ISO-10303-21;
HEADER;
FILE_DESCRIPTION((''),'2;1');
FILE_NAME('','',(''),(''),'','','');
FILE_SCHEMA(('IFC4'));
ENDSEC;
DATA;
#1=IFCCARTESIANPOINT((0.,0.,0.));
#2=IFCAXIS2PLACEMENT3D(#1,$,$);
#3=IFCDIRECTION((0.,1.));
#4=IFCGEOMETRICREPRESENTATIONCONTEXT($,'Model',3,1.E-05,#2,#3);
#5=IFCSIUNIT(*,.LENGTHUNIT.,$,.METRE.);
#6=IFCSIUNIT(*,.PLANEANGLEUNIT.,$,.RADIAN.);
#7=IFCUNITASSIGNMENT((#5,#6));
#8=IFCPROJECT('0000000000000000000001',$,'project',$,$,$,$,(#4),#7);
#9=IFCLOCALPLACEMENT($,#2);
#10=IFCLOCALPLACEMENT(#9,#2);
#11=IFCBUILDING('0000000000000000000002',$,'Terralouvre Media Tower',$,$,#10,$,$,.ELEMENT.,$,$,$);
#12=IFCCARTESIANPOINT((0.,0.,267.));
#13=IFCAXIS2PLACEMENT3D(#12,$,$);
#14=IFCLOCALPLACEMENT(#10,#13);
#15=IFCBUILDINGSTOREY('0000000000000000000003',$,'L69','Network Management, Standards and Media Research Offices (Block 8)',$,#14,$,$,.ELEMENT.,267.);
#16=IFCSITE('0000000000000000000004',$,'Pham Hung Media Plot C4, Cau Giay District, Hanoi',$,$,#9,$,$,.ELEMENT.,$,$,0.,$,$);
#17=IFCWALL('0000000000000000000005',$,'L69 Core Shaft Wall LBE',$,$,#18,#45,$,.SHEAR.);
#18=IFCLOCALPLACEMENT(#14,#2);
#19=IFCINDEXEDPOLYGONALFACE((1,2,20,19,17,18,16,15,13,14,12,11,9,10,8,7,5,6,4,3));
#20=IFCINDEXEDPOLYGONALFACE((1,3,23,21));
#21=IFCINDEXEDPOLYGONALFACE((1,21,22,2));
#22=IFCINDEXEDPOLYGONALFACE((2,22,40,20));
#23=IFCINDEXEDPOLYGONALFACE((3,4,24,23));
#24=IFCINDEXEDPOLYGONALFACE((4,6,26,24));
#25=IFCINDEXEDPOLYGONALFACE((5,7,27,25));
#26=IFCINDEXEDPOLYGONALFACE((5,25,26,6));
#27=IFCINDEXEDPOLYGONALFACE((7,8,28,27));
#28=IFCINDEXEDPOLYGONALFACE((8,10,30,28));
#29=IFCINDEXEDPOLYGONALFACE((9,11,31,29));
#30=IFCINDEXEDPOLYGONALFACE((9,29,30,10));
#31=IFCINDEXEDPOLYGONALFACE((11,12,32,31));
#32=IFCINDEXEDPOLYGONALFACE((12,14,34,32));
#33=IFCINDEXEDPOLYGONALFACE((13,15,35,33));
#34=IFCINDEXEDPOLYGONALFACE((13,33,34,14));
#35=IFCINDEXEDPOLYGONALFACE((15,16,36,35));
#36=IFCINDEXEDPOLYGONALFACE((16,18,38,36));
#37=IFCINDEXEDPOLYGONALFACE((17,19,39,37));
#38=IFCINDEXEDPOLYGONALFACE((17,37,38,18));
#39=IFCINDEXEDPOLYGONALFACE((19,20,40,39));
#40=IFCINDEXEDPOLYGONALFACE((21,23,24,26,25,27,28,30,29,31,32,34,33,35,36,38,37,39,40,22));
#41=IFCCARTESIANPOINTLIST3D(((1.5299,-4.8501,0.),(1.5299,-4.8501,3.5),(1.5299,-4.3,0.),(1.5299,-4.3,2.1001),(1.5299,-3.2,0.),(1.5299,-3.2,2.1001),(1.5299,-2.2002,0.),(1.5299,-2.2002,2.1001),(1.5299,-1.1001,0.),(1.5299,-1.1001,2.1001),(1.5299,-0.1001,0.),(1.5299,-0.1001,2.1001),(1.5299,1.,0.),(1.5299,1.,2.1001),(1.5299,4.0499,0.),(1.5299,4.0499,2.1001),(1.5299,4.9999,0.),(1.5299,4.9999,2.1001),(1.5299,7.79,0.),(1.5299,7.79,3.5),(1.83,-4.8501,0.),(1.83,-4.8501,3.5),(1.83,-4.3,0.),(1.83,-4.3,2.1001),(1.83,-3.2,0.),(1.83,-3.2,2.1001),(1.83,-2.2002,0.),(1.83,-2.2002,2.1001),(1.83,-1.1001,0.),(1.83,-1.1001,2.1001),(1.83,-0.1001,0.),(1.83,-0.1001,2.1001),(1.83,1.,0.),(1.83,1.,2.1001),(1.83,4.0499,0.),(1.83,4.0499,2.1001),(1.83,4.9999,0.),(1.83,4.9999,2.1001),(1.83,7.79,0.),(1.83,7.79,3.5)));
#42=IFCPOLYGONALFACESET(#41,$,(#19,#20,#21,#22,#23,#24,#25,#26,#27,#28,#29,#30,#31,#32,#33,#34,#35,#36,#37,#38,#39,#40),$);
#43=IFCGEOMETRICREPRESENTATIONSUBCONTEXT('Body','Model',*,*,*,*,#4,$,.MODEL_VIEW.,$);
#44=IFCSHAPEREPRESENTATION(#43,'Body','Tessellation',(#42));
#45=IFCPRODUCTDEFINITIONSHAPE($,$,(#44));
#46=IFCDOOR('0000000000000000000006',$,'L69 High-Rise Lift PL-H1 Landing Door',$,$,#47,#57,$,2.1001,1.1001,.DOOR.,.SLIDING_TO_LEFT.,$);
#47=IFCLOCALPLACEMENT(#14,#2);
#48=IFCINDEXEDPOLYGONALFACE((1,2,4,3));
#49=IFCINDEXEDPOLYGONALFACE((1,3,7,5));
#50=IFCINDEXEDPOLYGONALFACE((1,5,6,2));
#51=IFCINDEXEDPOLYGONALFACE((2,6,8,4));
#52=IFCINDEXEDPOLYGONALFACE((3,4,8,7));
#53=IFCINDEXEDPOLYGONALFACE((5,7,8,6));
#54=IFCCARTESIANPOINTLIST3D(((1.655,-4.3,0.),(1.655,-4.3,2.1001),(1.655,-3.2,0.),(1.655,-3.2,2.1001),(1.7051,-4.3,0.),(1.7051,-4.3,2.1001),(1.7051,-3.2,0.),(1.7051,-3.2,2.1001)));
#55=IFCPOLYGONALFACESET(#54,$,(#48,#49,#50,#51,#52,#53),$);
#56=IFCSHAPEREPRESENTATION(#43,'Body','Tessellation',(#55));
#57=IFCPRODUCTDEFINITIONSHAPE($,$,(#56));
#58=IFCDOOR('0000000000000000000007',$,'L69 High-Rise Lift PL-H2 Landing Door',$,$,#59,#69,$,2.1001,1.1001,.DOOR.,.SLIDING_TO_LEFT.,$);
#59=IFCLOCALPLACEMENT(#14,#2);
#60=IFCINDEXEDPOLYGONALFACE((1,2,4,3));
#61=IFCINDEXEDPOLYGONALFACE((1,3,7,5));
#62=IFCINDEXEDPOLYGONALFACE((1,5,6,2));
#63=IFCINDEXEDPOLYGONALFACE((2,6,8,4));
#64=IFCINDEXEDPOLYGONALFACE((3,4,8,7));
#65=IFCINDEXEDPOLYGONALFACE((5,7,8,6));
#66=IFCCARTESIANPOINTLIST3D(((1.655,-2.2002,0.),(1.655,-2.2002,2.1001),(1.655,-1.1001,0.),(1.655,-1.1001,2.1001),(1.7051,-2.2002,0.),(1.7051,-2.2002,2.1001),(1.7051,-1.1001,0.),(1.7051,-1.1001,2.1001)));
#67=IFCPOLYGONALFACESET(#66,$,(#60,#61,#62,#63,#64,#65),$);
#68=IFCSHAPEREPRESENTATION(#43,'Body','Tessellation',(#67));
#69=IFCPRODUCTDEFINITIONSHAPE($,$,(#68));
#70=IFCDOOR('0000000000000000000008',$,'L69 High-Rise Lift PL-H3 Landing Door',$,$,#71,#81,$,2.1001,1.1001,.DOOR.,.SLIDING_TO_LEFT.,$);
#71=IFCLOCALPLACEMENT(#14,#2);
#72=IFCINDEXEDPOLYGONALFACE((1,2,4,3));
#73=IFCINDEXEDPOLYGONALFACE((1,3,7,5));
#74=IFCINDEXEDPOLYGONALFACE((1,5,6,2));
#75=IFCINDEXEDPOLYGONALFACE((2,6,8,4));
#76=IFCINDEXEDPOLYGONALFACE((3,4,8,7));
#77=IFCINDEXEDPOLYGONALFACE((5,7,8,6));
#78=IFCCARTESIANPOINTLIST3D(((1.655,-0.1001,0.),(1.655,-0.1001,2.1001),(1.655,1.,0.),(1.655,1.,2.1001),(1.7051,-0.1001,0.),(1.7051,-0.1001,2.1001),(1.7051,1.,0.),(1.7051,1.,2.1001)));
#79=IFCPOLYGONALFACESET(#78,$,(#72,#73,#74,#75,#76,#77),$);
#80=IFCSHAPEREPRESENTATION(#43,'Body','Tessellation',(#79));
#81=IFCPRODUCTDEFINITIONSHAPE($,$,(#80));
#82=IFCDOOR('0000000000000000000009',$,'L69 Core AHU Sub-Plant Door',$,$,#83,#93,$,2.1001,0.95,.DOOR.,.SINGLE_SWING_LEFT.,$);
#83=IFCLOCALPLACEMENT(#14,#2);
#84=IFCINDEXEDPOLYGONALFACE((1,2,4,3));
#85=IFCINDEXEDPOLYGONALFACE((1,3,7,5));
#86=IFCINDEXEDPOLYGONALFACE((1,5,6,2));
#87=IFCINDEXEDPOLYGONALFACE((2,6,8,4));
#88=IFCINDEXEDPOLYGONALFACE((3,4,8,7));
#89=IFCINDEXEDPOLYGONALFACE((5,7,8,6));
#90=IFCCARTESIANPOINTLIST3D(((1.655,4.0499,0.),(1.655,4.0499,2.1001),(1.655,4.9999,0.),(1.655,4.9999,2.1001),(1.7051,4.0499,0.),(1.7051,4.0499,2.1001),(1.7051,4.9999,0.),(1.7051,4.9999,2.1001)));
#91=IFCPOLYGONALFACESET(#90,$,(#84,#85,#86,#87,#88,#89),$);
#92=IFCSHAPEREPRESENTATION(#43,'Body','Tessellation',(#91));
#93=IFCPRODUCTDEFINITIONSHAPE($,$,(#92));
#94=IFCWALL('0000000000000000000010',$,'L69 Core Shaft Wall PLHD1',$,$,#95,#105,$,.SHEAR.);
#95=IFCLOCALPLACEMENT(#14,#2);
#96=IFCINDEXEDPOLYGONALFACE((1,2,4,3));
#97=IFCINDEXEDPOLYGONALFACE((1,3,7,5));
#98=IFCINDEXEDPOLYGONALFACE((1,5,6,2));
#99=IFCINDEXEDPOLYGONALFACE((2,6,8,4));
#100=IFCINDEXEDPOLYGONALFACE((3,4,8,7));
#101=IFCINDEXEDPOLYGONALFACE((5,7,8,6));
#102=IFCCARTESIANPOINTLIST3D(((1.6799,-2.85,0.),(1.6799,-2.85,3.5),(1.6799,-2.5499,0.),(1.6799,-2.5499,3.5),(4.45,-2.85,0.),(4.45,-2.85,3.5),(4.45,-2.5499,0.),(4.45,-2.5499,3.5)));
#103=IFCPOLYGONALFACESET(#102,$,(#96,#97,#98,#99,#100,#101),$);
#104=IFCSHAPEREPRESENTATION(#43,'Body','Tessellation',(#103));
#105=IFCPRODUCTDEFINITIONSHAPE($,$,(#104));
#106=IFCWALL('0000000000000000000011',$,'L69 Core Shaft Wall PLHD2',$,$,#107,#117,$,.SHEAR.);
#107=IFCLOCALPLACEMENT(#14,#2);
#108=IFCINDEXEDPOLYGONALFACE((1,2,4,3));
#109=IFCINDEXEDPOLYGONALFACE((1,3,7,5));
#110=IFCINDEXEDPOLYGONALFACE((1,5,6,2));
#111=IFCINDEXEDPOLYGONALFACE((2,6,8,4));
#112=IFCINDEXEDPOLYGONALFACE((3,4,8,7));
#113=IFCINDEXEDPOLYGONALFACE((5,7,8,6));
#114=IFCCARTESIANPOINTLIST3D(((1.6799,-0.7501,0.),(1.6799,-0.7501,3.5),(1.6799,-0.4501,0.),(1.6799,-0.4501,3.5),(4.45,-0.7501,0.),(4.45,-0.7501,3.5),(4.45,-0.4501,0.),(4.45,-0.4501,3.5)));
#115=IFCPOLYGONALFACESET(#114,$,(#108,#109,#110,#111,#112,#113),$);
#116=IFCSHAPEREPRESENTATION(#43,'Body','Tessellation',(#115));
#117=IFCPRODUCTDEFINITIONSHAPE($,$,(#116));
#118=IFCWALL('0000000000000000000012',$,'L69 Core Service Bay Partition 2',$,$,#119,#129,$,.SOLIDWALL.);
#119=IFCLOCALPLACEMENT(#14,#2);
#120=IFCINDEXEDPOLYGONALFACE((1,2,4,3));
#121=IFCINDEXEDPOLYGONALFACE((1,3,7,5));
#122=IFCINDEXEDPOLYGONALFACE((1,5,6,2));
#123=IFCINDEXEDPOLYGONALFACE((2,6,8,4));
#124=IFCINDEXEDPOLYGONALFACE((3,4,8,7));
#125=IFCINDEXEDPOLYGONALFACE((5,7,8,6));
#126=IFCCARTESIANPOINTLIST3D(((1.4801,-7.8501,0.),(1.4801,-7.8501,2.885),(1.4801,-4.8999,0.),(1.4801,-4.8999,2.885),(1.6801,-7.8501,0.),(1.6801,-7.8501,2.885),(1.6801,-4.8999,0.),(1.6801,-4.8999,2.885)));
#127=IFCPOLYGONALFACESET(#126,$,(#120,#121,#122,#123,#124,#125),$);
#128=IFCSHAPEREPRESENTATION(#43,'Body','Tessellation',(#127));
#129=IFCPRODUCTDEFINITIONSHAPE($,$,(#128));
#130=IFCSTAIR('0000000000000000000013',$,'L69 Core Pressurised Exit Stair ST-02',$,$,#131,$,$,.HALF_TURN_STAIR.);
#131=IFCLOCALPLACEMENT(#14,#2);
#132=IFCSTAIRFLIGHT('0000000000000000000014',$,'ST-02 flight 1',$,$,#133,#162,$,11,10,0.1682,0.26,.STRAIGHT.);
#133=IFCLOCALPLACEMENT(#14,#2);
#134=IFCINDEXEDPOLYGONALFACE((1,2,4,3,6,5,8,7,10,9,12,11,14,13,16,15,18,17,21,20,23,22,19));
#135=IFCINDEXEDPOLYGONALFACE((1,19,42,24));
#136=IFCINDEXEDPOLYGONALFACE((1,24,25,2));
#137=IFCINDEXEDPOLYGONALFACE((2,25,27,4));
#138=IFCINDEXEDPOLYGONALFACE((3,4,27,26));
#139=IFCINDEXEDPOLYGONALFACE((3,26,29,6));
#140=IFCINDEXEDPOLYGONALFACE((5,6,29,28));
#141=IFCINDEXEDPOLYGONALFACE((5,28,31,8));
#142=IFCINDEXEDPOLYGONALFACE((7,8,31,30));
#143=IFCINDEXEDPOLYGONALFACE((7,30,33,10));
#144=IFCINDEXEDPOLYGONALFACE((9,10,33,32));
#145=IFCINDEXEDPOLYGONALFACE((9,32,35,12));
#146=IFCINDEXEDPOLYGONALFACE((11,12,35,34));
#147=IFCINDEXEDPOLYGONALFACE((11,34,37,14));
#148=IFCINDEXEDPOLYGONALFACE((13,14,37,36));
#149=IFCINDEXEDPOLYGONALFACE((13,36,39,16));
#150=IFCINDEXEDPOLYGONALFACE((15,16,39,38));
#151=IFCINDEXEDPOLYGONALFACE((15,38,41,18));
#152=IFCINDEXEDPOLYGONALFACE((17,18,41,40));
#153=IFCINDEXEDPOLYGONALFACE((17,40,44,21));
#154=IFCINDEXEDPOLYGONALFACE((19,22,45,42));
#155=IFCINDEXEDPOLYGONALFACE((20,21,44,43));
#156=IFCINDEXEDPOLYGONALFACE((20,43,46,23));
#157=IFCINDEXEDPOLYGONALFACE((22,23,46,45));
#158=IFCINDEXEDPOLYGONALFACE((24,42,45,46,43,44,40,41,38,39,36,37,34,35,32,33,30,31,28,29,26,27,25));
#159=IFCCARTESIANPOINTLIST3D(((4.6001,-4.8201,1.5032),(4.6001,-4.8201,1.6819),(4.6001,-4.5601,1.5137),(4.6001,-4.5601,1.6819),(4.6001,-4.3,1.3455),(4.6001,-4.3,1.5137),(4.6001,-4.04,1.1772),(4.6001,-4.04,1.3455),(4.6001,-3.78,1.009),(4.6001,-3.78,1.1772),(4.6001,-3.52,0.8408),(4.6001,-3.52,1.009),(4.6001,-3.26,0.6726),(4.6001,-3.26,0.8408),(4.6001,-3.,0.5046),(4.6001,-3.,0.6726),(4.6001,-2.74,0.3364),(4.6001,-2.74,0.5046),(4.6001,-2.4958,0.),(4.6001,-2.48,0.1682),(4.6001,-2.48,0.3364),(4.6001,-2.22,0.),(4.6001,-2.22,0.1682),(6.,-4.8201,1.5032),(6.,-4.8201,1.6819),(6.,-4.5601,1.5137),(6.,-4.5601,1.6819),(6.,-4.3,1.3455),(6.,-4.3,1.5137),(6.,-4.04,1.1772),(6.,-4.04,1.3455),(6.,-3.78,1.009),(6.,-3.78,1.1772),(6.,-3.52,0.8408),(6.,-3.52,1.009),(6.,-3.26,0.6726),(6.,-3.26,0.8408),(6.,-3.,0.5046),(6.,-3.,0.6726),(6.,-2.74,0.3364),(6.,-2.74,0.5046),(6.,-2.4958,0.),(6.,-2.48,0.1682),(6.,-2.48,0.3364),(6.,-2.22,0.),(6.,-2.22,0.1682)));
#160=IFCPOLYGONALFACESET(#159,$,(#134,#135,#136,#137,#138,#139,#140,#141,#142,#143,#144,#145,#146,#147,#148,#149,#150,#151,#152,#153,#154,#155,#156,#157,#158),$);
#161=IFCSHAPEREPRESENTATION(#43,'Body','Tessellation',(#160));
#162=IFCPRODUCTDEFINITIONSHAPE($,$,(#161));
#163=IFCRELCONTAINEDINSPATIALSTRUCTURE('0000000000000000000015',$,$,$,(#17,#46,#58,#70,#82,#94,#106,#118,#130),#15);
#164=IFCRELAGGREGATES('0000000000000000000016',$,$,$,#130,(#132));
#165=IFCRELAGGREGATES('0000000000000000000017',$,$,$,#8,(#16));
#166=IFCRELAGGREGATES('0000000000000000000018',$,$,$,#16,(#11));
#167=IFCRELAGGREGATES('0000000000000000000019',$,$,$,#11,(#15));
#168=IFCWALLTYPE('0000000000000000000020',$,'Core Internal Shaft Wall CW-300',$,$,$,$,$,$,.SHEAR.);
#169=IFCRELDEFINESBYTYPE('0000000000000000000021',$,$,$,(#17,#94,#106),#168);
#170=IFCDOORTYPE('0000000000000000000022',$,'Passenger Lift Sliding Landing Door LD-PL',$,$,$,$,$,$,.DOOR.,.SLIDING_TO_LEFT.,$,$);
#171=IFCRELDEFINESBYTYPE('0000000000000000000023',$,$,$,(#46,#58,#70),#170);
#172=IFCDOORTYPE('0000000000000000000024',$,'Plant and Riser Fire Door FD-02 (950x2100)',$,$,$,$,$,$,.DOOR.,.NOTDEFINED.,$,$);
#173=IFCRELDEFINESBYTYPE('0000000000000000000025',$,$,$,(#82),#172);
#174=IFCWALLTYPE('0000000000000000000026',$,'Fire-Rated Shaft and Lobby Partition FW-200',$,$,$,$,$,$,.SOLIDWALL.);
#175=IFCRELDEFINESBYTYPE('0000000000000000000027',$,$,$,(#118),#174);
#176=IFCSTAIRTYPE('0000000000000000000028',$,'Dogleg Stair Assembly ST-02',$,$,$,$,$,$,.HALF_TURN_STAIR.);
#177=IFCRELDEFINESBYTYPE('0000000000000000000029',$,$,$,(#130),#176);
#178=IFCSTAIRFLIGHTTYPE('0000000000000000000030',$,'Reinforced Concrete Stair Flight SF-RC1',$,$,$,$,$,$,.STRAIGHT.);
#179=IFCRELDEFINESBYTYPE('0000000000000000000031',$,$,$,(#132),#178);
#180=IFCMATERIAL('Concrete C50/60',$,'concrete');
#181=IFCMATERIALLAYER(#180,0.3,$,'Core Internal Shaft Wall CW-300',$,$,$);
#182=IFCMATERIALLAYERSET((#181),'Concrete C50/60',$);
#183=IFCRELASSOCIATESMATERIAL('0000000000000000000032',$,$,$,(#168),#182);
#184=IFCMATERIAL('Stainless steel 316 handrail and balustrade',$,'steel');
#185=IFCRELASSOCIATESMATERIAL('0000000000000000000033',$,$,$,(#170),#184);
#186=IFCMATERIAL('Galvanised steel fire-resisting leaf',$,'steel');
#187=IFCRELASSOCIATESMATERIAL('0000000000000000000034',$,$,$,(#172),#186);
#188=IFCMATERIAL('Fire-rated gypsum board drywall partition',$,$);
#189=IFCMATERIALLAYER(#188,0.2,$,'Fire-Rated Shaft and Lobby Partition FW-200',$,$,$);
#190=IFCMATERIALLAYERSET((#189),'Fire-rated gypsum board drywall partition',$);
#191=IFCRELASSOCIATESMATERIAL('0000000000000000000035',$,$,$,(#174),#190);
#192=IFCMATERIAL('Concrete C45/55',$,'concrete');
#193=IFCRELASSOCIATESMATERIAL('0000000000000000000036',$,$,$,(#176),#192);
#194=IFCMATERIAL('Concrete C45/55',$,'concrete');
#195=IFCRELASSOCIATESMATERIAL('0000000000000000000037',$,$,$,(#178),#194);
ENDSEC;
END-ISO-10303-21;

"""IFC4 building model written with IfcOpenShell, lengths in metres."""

from ifc_helpers import new_model, si_unit, direction, frame, frame_2d, origin, place, context, subcontext, project, spatial, polyline, rectangle, outline, extrude, material, layer, layer_set, type_object, element, fill, aggregate, save


model = new_model("IFC4")

# Units and contexts
model_context = context("Model", 3, precision=1e-05, world=origin(), true_north=direction((0.0, 1.0)))
body_context = subcontext(model_context, "Body", "Model", "MODEL_VIEW")
ifc_project = project(units=[si_unit("LENGTHUNIT", "METRE"), si_unit("PLANEANGLEUNIT", "RADIAN")], contexts=[model_context])

# Site, building, storey
site_placement = place(None, origin())
site = spatial("IfcSite", under=ifc_project, at=site_placement, Name="Pham Hung Media Plot C4, Cau Giay District, Hanoi", CompositionType="ELEMENT", RefElevation=0.0)
building_placement = place(site_placement, origin())
building = spatial("IfcBuilding", under=site, at=building_placement, Name="Terralouvre Media Tower", CompositionType="ELEMENT")
storey_placement = place(building_placement, frame((0.0, 0.0, 267.0)))
storey = spatial("IfcBuildingStorey", under=building, at=storey_placement, Name="L69", Description="Network Management, Standards and Media Research Offices (Block 8)", CompositionType="ELEMENT", Elevation=267.0)

# Shared definitions
ifc_material_1 = material(Name="Concrete C50/60", Category="concrete")
ifc_layer_1 = layer(ifc_material_1, 0.3, Name="Core Internal Shaft Wall CW-300")
ifc_layer_set_1 = layer_set([ifc_layer_1], Name="Concrete C50/60")
wall_type_1 = type_object("IfcWallType", Name="Core Internal Shaft Wall CW-300", PredefinedType="SHEAR", material=ifc_layer_set_1)

# Wall, openings, doors
wall_1_placement = place(storey_placement, frame((1.6799, -4.8501, 0.0), z_axis=(0.0, 0.0, 1.0), x_axis=(0.0, 1.0, 0.0)))
wall_1 = element("IfcWall", 1, at=wall_1_placement, inside=storey, type_object=wall_type_1, Name="L69 Core Shaft Wall LBE", PredefinedType="SHEAR", context=body_context, shape_type="SweptSolid", body=[
    extrude(rectangle(XDim=12.6401, YDim=0.3, at=frame_2d((6.3201, 0.0))), origin(), (0.0, 0.0, 1.0), 3.5),
])
opening_1_placement = place(wall_1_placement, frame((0.55, 0.0, 0.0)))
opening_1 = element("IfcOpeningElement", 2, at=opening_1_placement, cuts=wall_1, PredefinedType="OPENING", context=body_context, shape_type="SweptSolid", body=[
    extrude(rectangle(XDim=1.1001, YDim=2.1001, at=frame_2d((0.55, 1.05))), frame((0.0, 0.1599, 0.0), z_axis=(0.0, -1.0, 0.0), x_axis=(1.0, 0.0, 0.0)), (0.0, 0.0, 1.0), 0.3201),
])
opening_2_placement = place(wall_1_placement, frame((2.6499, 0.0, 0.0)))
opening_2 = element("IfcOpeningElement", 3, at=opening_2_placement, cuts=wall_1, PredefinedType="OPENING", context=body_context, shape_type="SweptSolid", body=[
    extrude(rectangle(XDim=1.1001, YDim=2.1001, at=frame_2d((0.55, 1.05))), frame((0.0, 0.1599, 0.0), z_axis=(0.0, -1.0, 0.0), x_axis=(1.0, 0.0, 0.0)), (0.0, 0.0, 1.0), 0.3201),
])
opening_3_placement = place(wall_1_placement, frame((4.75, 0.0, 0.0)))
opening_3 = element("IfcOpeningElement", 4, at=opening_3_placement, cuts=wall_1, PredefinedType="OPENING", context=body_context, shape_type="SweptSolid", body=[
    extrude(rectangle(XDim=1.1001, YDim=2.1001, at=frame_2d((0.55, 1.05))), frame((0.0, 0.1599, 0.0), z_axis=(0.0, -1.0, 0.0), x_axis=(1.0, 0.0, 0.0)), (0.0, 0.0, 1.0), 0.3201),
])
opening_4_placement = place(wall_1_placement, frame((8.8999, 0.0, 0.0)))
opening_4 = element("IfcOpeningElement", 5, at=opening_4_placement, cuts=wall_1, PredefinedType="OPENING", context=body_context, shape_type="SweptSolid", body=[
    extrude(rectangle(XDim=0.95, YDim=2.1001, at=frame_2d((0.4751, 1.05))), frame((0.0, 0.1599, 0.0), z_axis=(0.0, -1.0, 0.0), x_axis=(1.0, 0.0, 0.0)), (0.0, 0.0, 1.0), 0.3201),
])
ifc_material_2 = material(Name="Stainless steel 316 handrail and balustrade", Category="steel")
door_type_1 = type_object("IfcDoorType", Name="Passenger Lift Sliding Landing Door LD-PL", OperationType="SLIDING_TO_LEFT", PredefinedType="DOOR", material=ifc_material_2)
door_1_placement = place(opening_1_placement, origin())
door_1 = element("IfcDoor", 6, at=door_1_placement, inside=storey, type_object=door_type_1, Name="L69 High-Rise Lift PL-H1 Landing Door", OperationType="SLIDING_TO_LEFT", OverallHeight=2.1001, OverallWidth=1.1001, PredefinedType="DOOR", context=body_context, shape_type="SweptSolid", body=[
    extrude(rectangle(XDim=1.1001, YDim=2.1001, at=frame_2d((0.55, 1.05))), frame((0.0, 0.0249, 0.0), z_axis=(0.0, -1.0, 0.0), x_axis=(1.0, 0.0, 0.0)), (0.0, 0.0, 1.0), 0.05),
])
fill(opening_1, door_1)
door_2_placement = place(opening_2_placement, origin())
door_2 = element("IfcDoor", 7, at=door_2_placement, inside=storey, type_object=door_type_1, Name="L69 High-Rise Lift PL-H2 Landing Door", OperationType="SLIDING_TO_LEFT", OverallHeight=2.1001, OverallWidth=1.1001, PredefinedType="DOOR", context=body_context, shape_type="SweptSolid", body=[
    extrude(rectangle(XDim=1.1001, YDim=2.1001, at=frame_2d((0.55, 1.05))), frame((0.0, 0.0249, 0.0), z_axis=(0.0, -1.0, 0.0), x_axis=(1.0, 0.0, 0.0)), (0.0, 0.0, 1.0), 0.05),
])
fill(opening_2, door_2)
door_3_placement = place(opening_3_placement, origin())
door_3 = element("IfcDoor", 8, at=door_3_placement, inside=storey, type_object=door_type_1, Name="L69 High-Rise Lift PL-H3 Landing Door", OperationType="SLIDING_TO_LEFT", OverallHeight=2.1001, OverallWidth=1.1001, PredefinedType="DOOR", context=body_context, shape_type="SweptSolid", body=[
    extrude(rectangle(XDim=1.1001, YDim=2.1001, at=frame_2d((0.55, 1.05))), frame((0.0, 0.0249, 0.0), z_axis=(0.0, -1.0, 0.0), x_axis=(1.0, 0.0, 0.0)), (0.0, 0.0, 1.0), 0.05),
])
fill(opening_3, door_3)
ifc_material_3 = material(Name="Galvanised steel fire-resisting leaf", Category="steel")
door_type_2 = type_object("IfcDoorType", Name="Plant and Riser Fire Door FD-02 (950x2100)", OperationType="NOTDEFINED", PredefinedType="DOOR", material=ifc_material_3)
door_4_placement = place(opening_4_placement, origin())
door_4 = element("IfcDoor", 9, at=door_4_placement, inside=storey, type_object=door_type_2, Name="L69 Core AHU Sub-Plant Door", OperationType="SINGLE_SWING_LEFT", OverallHeight=2.1001, OverallWidth=0.95, PredefinedType="DOOR", context=body_context, shape_type="SweptSolid", body=[
    extrude(rectangle(XDim=0.95, YDim=2.1001, at=frame_2d((0.4751, 1.05))), frame((0.0, 0.0249, 0.0), z_axis=(0.0, -1.0, 0.0), x_axis=(1.0, 0.0, 0.0)), (0.0, 0.0, 1.0), 0.05),
])
fill(opening_4, door_4)

# Walls
for number, where, z_axis, x_axis, name in (
    (10, (1.6799, -2.7, 0.0), (0.0, 0.0, 1.0), (1.0, 0.0, 0.0), "L69 Core Shaft Wall PLHD1"),
    (11, (1.6799, -0.6001, 0.0), (0.0, 0.0, 1.0), (1.0, 0.0, 0.0), "L69 Core Shaft Wall PLHD2"),
):
    element("IfcWall", number, at=place(storey_placement, frame(where, z_axis=z_axis, x_axis=x_axis)), inside=storey, type_object=wall_type_1, Name=name, PredefinedType="SHEAR", context=body_context, shape_type="SweptSolid", body=[
        extrude(rectangle(XDim=2.77, YDim=0.3, at=frame_2d((1.385, 0.0))), origin(), (0.0, 0.0, 1.0), 3.5),
    ])
ifc_material_4 = material(Name="Fire-rated gypsum board drywall partition")
ifc_layer_2 = layer(ifc_material_4, 0.2, Name="Fire-Rated Shaft and Lobby Partition FW-200")
ifc_layer_set_2 = layer_set([ifc_layer_2], Name="Fire-rated gypsum board drywall partition")
wall_type_2 = type_object("IfcWallType", Name="Fire-Rated Shaft and Lobby Partition FW-200", PredefinedType="SOLIDWALL", material=ifc_layer_set_2)
wall_2_placement = place(storey_placement, frame((1.5801, -7.8501, 0.0), z_axis=(0.0, 0.0, 1.0), x_axis=(0.0, 1.0, 0.0)))
element("IfcWall", 12, at=wall_2_placement, inside=storey, type_object=wall_type_2, Name="L69 Core Service Bay Partition 2", PredefinedType="SOLIDWALL", context=body_context, shape_type="SweptSolid", body=[
    extrude(rectangle(XDim=2.9502, YDim=0.2, at=frame_2d((1.4751, 0.0))), origin(), (0.0, 0.0, 1.0), 2.885),
])

# Stair, stair flight
ifc_material_5 = material(Name="Concrete C45/55", Category="concrete")
stair_type = type_object("IfcStairType", Name="Dogleg Stair Assembly ST-02", PredefinedType="HALF_TURN_STAIR", material=ifc_material_5)
stair_placement = place(storey_placement, origin())
stair = element("IfcStair", 13, at=stair_placement, inside=storey, type_object=stair_type, Name="L69 Core Pressurised Exit Stair ST-02", PredefinedType="HALF_TURN_STAIR")
ifc_material_6 = material(Name="Concrete C45/55", Category="concrete")
stair_flight_type = type_object("IfcStairFlightType", Name="Reinforced Concrete Stair Flight SF-RC1", PredefinedType="STRAIGHT", material=ifc_material_6)
stair_flight_1_placement = place(storey_placement, frame((5.3, -2.22, 0.0), z_axis=(0.0, 0.0, 1.0), x_axis=(0.0, -1.0, 0.0)))
stair_flight_1 = element("IfcStairFlight", 14, at=stair_flight_1_placement, type_object=stair_flight_type, Name="ST-02 flight 1", NumberOfRisers=11, NumberOfTreads=10, PredefinedType="STRAIGHT", RiserHeight=0.1682, TreadLength=0.26, context=body_context, shape_type="SweptSolid", body=[
    extrude(outline(polyline([(0.0, 0.0), (0.0, 0.1682), (0.26, 0.1682), (0.26, 0.3364), (0.52, 0.3364), (0.52, 0.5046), (0.78, 0.5046), (0.78, 0.6726), (1.04, 0.6726), (1.04, 0.8408), (1.3, 0.8408), (1.3, 1.009), (1.5601, 1.009), (1.5601, 1.1772), (1.8201, 1.1772), (1.8201, 1.3455), (2.0801, 1.3455), (2.0801, 1.5137), (2.3401, 1.5137), (2.3401, 1.6819), (2.6001, 1.6819), (2.6001, 1.8501), (2.6001, 1.5032), (0.2759, 0.0), (0.0, 0.0)])), frame((0.0, 0.7, 0.0), z_axis=(0.0, -1.0, 0.0), x_axis=(1.0, 0.0, 0.0)), (0.0, 0.0, 1.0), 1.3999),
])
aggregate(stair, [stair_flight_1])

save(model, "model.ifc")
